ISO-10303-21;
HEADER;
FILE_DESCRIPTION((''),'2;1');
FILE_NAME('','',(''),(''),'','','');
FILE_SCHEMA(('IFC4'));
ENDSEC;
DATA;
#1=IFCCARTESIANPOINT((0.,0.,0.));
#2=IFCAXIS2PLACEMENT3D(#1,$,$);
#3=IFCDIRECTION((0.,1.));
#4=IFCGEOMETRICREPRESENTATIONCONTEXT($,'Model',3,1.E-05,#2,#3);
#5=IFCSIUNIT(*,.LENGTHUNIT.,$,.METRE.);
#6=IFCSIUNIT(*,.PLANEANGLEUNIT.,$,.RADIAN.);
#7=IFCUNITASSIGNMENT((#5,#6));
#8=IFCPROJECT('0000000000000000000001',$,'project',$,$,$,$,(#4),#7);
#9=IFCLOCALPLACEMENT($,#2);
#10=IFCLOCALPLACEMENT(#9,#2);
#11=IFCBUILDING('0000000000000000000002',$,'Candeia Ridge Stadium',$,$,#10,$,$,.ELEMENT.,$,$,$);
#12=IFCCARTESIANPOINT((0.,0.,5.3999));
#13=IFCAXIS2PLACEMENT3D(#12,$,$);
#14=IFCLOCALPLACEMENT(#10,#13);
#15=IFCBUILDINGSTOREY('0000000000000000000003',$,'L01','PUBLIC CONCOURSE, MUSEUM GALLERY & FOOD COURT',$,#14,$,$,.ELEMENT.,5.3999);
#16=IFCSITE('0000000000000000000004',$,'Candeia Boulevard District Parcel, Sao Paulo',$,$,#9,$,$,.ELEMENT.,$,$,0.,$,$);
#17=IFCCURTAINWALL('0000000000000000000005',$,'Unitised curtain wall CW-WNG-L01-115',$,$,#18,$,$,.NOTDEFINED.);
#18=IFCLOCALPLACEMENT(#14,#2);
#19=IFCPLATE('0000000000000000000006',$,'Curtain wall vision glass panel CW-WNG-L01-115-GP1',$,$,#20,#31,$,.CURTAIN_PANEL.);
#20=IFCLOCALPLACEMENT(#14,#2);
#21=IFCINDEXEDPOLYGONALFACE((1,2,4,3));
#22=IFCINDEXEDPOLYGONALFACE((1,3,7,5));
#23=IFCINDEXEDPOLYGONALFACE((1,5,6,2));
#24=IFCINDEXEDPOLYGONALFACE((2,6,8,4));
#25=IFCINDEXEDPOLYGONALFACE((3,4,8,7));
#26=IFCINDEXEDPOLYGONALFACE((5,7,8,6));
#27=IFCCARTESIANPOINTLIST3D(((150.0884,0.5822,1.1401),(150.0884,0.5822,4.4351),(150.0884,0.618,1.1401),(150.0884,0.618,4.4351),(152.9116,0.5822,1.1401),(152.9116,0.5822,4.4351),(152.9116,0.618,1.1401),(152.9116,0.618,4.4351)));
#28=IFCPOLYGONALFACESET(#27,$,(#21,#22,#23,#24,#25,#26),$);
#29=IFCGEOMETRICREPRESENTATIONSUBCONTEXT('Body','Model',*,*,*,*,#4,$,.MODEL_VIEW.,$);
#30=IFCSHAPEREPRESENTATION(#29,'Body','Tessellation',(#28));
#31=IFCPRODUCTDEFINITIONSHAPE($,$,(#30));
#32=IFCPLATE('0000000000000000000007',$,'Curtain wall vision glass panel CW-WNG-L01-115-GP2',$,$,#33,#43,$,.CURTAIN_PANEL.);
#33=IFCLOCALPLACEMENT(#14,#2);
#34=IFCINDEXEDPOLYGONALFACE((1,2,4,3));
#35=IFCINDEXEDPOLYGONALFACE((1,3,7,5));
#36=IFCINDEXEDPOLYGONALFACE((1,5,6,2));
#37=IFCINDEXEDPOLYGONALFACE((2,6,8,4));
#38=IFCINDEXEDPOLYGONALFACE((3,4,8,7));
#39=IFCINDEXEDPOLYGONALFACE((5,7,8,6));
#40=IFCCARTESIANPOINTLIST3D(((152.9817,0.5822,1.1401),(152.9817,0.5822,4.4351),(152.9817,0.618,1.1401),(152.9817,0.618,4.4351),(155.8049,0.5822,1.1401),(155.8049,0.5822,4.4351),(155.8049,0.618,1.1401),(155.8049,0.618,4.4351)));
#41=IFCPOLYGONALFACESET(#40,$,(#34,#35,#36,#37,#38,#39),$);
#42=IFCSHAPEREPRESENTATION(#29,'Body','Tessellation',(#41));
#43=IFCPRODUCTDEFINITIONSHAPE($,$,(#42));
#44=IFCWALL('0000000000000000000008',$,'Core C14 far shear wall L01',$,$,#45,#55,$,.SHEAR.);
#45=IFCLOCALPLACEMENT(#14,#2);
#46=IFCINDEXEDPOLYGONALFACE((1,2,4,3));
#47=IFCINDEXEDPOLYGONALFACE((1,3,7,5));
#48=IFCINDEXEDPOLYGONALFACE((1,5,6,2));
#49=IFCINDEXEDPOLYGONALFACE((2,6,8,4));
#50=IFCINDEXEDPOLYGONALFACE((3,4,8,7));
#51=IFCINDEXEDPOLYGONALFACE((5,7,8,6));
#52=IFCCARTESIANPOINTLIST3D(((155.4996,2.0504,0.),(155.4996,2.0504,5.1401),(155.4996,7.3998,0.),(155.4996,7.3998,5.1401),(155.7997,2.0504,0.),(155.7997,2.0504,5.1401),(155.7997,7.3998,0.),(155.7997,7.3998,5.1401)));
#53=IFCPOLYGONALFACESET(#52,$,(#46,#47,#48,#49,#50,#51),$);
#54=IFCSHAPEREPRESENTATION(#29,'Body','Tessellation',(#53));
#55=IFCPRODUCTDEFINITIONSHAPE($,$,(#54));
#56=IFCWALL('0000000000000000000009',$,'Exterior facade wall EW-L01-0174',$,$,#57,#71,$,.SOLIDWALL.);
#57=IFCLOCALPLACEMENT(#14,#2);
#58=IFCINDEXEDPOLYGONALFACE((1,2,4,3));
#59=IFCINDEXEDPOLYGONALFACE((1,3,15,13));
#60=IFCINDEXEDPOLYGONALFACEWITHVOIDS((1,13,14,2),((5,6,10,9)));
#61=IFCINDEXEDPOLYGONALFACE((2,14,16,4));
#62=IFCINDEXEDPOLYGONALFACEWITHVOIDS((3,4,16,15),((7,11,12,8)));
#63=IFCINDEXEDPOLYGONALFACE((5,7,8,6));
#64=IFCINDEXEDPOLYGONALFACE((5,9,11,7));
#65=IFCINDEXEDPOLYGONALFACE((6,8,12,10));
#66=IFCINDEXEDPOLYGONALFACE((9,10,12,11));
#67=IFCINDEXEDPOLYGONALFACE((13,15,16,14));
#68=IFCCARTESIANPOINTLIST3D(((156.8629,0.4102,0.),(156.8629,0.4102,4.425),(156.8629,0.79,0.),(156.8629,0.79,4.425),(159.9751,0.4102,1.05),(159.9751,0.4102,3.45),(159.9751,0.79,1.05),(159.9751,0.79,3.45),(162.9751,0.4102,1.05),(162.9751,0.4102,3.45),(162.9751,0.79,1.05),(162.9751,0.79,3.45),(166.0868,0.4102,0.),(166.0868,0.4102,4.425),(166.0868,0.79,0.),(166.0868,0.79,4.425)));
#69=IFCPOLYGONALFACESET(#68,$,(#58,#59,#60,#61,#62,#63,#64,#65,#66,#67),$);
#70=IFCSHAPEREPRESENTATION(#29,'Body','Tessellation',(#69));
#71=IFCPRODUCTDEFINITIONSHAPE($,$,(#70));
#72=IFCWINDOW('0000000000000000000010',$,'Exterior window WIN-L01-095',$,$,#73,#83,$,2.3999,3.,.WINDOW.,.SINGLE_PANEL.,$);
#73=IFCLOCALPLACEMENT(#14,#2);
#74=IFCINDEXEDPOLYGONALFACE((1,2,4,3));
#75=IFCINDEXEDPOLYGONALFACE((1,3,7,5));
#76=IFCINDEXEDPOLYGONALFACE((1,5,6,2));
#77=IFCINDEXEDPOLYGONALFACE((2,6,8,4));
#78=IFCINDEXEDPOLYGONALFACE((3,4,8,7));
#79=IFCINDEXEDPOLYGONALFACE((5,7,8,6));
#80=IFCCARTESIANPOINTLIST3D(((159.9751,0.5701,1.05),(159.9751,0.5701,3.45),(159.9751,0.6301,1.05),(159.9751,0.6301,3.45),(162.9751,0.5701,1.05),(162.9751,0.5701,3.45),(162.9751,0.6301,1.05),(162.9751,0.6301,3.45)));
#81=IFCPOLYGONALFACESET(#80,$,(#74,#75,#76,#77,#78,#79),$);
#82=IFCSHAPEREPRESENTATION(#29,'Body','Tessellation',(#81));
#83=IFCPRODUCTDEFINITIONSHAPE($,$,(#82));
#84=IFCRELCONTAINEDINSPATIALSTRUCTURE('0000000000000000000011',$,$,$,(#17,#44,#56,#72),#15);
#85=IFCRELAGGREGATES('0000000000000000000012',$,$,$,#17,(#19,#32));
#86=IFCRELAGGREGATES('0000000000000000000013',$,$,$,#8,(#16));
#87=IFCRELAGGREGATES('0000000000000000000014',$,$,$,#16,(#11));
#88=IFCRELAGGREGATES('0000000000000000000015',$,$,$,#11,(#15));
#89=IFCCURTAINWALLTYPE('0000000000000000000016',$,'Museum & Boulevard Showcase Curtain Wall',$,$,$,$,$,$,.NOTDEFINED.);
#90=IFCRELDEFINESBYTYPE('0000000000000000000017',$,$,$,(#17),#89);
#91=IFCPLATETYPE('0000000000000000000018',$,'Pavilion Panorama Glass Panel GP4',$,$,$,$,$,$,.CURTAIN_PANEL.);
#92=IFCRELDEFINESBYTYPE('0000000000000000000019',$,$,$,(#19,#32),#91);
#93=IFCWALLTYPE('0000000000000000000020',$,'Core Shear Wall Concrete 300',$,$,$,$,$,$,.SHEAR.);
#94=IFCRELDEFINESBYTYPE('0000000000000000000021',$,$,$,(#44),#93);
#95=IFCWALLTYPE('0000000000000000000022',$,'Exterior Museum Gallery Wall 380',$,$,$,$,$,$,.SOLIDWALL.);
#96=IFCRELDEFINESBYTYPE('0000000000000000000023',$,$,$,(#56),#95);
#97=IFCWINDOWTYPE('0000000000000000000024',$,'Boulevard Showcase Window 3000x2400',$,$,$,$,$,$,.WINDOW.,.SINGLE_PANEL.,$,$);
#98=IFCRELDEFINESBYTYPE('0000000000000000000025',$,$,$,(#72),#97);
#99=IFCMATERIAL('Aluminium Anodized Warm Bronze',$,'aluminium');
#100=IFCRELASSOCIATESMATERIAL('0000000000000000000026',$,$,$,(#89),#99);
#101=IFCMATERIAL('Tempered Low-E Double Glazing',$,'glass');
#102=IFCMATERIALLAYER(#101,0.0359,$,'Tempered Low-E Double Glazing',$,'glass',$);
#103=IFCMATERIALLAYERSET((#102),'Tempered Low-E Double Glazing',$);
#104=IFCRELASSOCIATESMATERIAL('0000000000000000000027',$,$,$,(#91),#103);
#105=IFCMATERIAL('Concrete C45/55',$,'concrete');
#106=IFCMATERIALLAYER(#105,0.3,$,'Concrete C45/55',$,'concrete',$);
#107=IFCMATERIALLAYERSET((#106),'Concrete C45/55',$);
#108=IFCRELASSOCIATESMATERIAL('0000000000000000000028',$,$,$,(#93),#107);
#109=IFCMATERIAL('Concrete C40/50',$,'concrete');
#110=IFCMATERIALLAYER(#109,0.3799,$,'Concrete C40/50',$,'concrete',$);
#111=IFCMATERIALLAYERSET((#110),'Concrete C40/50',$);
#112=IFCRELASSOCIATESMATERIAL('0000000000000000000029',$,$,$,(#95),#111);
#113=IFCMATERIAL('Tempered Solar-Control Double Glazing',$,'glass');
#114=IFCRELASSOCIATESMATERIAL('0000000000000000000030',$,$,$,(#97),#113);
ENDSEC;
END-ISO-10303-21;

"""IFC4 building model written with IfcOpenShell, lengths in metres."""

from ifc_helpers import new_model, si_unit, direction, frame, frame_2d, origin, origin_2d, place, context, subcontext, project, spatial, rectangle, extrude, material, layer, layer_set, type_object, element, fill, aggregate, save


model = new_model("IFC4")

# Units and contexts
model_context = context("Model", 3, precision=1e-05, world=origin(), true_north=direction((0.0, 1.0)))
body_context = subcontext(model_context, "Body", "Model", "MODEL_VIEW")
ifc_project = project(units=[si_unit("LENGTHUNIT", "METRE"), si_unit("PLANEANGLEUNIT", "RADIAN")], contexts=[model_context])

# Site, building, storey
site_placement = place(None, origin())
site = spatial("IfcSite", under=ifc_project, at=site_placement, Name="Candeia Boulevard District Parcel, Sao Paulo", CompositionType="ELEMENT", RefElevation=0.0)
building_placement = place(site_placement, origin())
building = spatial("IfcBuilding", under=site, at=building_placement, Name="Candeia Ridge Stadium", CompositionType="ELEMENT")
storey_placement = place(building_placement, frame((0.0, 0.0, 5.3999)))
storey = spatial("IfcBuildingStorey", under=building, at=storey_placement, Name="L01", Description="PUBLIC CONCOURSE, MUSEUM GALLERY & FOOD COURT", CompositionType="ELEMENT", Elevation=5.3999)

# Shared definitions
ifc_material_1 = material(Name="Concrete C40/50", Category="concrete")

# Curtain wall
ifc_material_2 = material(Name="Aluminium Anodized Warm Bronze", Category="aluminium")
curtain_wall_type = type_object("IfcCurtainWallType", Name="Museum & Boulevard Showcase Curtain Wall", PredefinedType="NOTDEFINED", material=ifc_material_2)
curtain_wall_placement = place(storey_placement, origin())
curtain_wall = element("IfcCurtainWall", 1, at=curtain_wall_placement, inside=storey, type_object=curtain_wall_type, Name="Unitised curtain wall CW-WNG-L01-115", PredefinedType="NOTDEFINED")

# Plates
ifc_material_3 = material(Name="Tempered Low-E Double Glazing", Category="glass")
ifc_layer_1 = layer(ifc_material_3, 0.0359, Name="Tempered Low-E Double Glazing", Category="glass")
ifc_layer_set_1 = layer_set([ifc_layer_1], Name="Tempered Low-E Double Glazing")
plate_type_1 = type_object("IfcPlateType", Name="Pavilion Panorama Glass Panel GP4", PredefinedType="CURTAIN_PANEL", material=ifc_layer_set_1)
plate_1_placement = place(storey_placement, frame((151.5, 0.6001, 1.1401), z_axis=(0.0, 0.0, 1.0), x_axis=(1.0, 0.0, 0.0)))
plate_1 = element("IfcPlate", 2, at=plate_1_placement, type_object=plate_type_1, Name="Curtain wall vision glass panel CW-WNG-L01-115-GP1", PredefinedType="CURTAIN_PANEL", context=body_context, shape_type="SweptSolid", body=[
    extrude(rectangle(XDim=2.8232, YDim=0.0359, at=origin_2d()), origin(), (0.0, 0.0, 1.0), 3.2949),
])
plate_2_placement = place(storey_placement, frame((154.3933, 0.6001, 1.1401), z_axis=(0.0, 0.0, 1.0), x_axis=(1.0, 0.0, 0.0)))
plate_2 = element("IfcPlate", 3, at=plate_2_placement, type_object=plate_type_1, Name="Curtain wall vision glass panel CW-WNG-L01-115-GP2", PredefinedType="CURTAIN_PANEL", context=body_context, shape_type="SweptSolid", body=[
    extrude(rectangle(XDim=2.8232, YDim=0.0359, at=origin_2d()), origin(), (0.0, 0.0, 1.0), 3.2949),
])
aggregate(curtain_wall, [plate_1, plate_2])

# Wall
ifc_material_4 = material(Name="Concrete C45/55", Category="concrete")
ifc_layer_2 = layer(ifc_material_4, 0.3, Name="Concrete C45/55", Category="concrete")
ifc_layer_set_2 = layer_set([ifc_layer_2], Name="Concrete C45/55")
wall_type_1 = type_object("IfcWallType", Name="Core Shear Wall Concrete 300", PredefinedType="SHEAR", material=ifc_layer_set_2)
wall_1_placement = place(storey_placement, frame((155.6497, 2.0503, 0.0), z_axis=(0.0, 0.0, 1.0), x_axis=(0.0, 1.0, 0.0)))
element("IfcWall", 4, at=wall_1_placement, inside=storey, type_object=wall_type_1, Name="Core C14 far shear wall L01", PredefinedType="SHEAR", context=body_context, shape_type="SweptSolid", body=[
    extrude(rectangle(XDim=5.3494, YDim=0.3, at=frame_2d((2.6748, 0.0))), origin(), (0.0, 0.0, 1.0), 5.1401),
])

# Wall, opening, window
ifc_layer_3 = layer(ifc_material_1, 0.3799, Name="Concrete C40/50", Category="concrete")
ifc_layer_set_3 = layer_set([ifc_layer_3], Name="Concrete C40/50")
wall_type_2 = type_object("IfcWallType", Name="Exterior Museum Gallery Wall 380", PredefinedType="SOLIDWALL", material=ifc_layer_set_3)
wall_2_placement = place(storey_placement, frame((156.863, 0.6001, 0.0), z_axis=(0.0, 0.0, 1.0), x_axis=(1.0, 0.0, 0.0)))
wall_2 = element("IfcWall", 5, at=wall_2_placement, inside=storey, type_object=wall_type_2, Name="Exterior facade wall EW-L01-0174", PredefinedType="SOLIDWALL", context=body_context, shape_type="SweptSolid", body=[
    extrude(rectangle(XDim=9.2239, YDim=0.3799, at=frame_2d((4.6118, 0.0))), origin(), (0.0, 0.0, 1.0), 4.425),
])
opening_placement = place(wall_2_placement, frame((3.1121, 0.0, 1.05)))
opening = element("IfcOpeningElement", 6, at=opening_placement, cuts=wall_2, PredefinedType="OPENING", context=body_context, shape_type="SweptSolid", body=[
    extrude(rectangle(XDim=3.0, YDim=2.3999, at=frame_2d((1.5, 1.2))), frame((0.0, 0.2, 0.0), z_axis=(0.0, -1.0, 0.0), x_axis=(1.0, 0.0, 0.0)), (0.0, 0.0, 1.0), 0.3999),
])
ifc_material_5 = material(Name="Tempered Solar-Control Double Glazing", Category="glass")
window_type = type_object("IfcWindowType", Name="Boulevard Showcase Window 3000x2400", PartitioningType="SINGLE_PANEL", PredefinedType="WINDOW", material=ifc_material_5)
window_placement = place(opening_placement, origin())
window = element("IfcWindow", 7, at=window_placement, inside=storey, type_object=window_type, Name="Exterior window WIN-L01-095", OverallHeight=2.3999, OverallWidth=3.0, PartitioningType="SINGLE_PANEL", PredefinedType="WINDOW", context=body_context, shape_type="SweptSolid", body=[
    extrude(rectangle(XDim=3.0, YDim=2.3999, at=frame_2d((1.5, 1.2))), frame((0.0, 0.03, 0.0), z_axis=(0.0, -1.0, 0.0), x_axis=(1.0, 0.0, 0.0)), (0.0, 0.0, 1.0), 0.0601),
])
fill(opening, window)

save(model, "model.ifc")
